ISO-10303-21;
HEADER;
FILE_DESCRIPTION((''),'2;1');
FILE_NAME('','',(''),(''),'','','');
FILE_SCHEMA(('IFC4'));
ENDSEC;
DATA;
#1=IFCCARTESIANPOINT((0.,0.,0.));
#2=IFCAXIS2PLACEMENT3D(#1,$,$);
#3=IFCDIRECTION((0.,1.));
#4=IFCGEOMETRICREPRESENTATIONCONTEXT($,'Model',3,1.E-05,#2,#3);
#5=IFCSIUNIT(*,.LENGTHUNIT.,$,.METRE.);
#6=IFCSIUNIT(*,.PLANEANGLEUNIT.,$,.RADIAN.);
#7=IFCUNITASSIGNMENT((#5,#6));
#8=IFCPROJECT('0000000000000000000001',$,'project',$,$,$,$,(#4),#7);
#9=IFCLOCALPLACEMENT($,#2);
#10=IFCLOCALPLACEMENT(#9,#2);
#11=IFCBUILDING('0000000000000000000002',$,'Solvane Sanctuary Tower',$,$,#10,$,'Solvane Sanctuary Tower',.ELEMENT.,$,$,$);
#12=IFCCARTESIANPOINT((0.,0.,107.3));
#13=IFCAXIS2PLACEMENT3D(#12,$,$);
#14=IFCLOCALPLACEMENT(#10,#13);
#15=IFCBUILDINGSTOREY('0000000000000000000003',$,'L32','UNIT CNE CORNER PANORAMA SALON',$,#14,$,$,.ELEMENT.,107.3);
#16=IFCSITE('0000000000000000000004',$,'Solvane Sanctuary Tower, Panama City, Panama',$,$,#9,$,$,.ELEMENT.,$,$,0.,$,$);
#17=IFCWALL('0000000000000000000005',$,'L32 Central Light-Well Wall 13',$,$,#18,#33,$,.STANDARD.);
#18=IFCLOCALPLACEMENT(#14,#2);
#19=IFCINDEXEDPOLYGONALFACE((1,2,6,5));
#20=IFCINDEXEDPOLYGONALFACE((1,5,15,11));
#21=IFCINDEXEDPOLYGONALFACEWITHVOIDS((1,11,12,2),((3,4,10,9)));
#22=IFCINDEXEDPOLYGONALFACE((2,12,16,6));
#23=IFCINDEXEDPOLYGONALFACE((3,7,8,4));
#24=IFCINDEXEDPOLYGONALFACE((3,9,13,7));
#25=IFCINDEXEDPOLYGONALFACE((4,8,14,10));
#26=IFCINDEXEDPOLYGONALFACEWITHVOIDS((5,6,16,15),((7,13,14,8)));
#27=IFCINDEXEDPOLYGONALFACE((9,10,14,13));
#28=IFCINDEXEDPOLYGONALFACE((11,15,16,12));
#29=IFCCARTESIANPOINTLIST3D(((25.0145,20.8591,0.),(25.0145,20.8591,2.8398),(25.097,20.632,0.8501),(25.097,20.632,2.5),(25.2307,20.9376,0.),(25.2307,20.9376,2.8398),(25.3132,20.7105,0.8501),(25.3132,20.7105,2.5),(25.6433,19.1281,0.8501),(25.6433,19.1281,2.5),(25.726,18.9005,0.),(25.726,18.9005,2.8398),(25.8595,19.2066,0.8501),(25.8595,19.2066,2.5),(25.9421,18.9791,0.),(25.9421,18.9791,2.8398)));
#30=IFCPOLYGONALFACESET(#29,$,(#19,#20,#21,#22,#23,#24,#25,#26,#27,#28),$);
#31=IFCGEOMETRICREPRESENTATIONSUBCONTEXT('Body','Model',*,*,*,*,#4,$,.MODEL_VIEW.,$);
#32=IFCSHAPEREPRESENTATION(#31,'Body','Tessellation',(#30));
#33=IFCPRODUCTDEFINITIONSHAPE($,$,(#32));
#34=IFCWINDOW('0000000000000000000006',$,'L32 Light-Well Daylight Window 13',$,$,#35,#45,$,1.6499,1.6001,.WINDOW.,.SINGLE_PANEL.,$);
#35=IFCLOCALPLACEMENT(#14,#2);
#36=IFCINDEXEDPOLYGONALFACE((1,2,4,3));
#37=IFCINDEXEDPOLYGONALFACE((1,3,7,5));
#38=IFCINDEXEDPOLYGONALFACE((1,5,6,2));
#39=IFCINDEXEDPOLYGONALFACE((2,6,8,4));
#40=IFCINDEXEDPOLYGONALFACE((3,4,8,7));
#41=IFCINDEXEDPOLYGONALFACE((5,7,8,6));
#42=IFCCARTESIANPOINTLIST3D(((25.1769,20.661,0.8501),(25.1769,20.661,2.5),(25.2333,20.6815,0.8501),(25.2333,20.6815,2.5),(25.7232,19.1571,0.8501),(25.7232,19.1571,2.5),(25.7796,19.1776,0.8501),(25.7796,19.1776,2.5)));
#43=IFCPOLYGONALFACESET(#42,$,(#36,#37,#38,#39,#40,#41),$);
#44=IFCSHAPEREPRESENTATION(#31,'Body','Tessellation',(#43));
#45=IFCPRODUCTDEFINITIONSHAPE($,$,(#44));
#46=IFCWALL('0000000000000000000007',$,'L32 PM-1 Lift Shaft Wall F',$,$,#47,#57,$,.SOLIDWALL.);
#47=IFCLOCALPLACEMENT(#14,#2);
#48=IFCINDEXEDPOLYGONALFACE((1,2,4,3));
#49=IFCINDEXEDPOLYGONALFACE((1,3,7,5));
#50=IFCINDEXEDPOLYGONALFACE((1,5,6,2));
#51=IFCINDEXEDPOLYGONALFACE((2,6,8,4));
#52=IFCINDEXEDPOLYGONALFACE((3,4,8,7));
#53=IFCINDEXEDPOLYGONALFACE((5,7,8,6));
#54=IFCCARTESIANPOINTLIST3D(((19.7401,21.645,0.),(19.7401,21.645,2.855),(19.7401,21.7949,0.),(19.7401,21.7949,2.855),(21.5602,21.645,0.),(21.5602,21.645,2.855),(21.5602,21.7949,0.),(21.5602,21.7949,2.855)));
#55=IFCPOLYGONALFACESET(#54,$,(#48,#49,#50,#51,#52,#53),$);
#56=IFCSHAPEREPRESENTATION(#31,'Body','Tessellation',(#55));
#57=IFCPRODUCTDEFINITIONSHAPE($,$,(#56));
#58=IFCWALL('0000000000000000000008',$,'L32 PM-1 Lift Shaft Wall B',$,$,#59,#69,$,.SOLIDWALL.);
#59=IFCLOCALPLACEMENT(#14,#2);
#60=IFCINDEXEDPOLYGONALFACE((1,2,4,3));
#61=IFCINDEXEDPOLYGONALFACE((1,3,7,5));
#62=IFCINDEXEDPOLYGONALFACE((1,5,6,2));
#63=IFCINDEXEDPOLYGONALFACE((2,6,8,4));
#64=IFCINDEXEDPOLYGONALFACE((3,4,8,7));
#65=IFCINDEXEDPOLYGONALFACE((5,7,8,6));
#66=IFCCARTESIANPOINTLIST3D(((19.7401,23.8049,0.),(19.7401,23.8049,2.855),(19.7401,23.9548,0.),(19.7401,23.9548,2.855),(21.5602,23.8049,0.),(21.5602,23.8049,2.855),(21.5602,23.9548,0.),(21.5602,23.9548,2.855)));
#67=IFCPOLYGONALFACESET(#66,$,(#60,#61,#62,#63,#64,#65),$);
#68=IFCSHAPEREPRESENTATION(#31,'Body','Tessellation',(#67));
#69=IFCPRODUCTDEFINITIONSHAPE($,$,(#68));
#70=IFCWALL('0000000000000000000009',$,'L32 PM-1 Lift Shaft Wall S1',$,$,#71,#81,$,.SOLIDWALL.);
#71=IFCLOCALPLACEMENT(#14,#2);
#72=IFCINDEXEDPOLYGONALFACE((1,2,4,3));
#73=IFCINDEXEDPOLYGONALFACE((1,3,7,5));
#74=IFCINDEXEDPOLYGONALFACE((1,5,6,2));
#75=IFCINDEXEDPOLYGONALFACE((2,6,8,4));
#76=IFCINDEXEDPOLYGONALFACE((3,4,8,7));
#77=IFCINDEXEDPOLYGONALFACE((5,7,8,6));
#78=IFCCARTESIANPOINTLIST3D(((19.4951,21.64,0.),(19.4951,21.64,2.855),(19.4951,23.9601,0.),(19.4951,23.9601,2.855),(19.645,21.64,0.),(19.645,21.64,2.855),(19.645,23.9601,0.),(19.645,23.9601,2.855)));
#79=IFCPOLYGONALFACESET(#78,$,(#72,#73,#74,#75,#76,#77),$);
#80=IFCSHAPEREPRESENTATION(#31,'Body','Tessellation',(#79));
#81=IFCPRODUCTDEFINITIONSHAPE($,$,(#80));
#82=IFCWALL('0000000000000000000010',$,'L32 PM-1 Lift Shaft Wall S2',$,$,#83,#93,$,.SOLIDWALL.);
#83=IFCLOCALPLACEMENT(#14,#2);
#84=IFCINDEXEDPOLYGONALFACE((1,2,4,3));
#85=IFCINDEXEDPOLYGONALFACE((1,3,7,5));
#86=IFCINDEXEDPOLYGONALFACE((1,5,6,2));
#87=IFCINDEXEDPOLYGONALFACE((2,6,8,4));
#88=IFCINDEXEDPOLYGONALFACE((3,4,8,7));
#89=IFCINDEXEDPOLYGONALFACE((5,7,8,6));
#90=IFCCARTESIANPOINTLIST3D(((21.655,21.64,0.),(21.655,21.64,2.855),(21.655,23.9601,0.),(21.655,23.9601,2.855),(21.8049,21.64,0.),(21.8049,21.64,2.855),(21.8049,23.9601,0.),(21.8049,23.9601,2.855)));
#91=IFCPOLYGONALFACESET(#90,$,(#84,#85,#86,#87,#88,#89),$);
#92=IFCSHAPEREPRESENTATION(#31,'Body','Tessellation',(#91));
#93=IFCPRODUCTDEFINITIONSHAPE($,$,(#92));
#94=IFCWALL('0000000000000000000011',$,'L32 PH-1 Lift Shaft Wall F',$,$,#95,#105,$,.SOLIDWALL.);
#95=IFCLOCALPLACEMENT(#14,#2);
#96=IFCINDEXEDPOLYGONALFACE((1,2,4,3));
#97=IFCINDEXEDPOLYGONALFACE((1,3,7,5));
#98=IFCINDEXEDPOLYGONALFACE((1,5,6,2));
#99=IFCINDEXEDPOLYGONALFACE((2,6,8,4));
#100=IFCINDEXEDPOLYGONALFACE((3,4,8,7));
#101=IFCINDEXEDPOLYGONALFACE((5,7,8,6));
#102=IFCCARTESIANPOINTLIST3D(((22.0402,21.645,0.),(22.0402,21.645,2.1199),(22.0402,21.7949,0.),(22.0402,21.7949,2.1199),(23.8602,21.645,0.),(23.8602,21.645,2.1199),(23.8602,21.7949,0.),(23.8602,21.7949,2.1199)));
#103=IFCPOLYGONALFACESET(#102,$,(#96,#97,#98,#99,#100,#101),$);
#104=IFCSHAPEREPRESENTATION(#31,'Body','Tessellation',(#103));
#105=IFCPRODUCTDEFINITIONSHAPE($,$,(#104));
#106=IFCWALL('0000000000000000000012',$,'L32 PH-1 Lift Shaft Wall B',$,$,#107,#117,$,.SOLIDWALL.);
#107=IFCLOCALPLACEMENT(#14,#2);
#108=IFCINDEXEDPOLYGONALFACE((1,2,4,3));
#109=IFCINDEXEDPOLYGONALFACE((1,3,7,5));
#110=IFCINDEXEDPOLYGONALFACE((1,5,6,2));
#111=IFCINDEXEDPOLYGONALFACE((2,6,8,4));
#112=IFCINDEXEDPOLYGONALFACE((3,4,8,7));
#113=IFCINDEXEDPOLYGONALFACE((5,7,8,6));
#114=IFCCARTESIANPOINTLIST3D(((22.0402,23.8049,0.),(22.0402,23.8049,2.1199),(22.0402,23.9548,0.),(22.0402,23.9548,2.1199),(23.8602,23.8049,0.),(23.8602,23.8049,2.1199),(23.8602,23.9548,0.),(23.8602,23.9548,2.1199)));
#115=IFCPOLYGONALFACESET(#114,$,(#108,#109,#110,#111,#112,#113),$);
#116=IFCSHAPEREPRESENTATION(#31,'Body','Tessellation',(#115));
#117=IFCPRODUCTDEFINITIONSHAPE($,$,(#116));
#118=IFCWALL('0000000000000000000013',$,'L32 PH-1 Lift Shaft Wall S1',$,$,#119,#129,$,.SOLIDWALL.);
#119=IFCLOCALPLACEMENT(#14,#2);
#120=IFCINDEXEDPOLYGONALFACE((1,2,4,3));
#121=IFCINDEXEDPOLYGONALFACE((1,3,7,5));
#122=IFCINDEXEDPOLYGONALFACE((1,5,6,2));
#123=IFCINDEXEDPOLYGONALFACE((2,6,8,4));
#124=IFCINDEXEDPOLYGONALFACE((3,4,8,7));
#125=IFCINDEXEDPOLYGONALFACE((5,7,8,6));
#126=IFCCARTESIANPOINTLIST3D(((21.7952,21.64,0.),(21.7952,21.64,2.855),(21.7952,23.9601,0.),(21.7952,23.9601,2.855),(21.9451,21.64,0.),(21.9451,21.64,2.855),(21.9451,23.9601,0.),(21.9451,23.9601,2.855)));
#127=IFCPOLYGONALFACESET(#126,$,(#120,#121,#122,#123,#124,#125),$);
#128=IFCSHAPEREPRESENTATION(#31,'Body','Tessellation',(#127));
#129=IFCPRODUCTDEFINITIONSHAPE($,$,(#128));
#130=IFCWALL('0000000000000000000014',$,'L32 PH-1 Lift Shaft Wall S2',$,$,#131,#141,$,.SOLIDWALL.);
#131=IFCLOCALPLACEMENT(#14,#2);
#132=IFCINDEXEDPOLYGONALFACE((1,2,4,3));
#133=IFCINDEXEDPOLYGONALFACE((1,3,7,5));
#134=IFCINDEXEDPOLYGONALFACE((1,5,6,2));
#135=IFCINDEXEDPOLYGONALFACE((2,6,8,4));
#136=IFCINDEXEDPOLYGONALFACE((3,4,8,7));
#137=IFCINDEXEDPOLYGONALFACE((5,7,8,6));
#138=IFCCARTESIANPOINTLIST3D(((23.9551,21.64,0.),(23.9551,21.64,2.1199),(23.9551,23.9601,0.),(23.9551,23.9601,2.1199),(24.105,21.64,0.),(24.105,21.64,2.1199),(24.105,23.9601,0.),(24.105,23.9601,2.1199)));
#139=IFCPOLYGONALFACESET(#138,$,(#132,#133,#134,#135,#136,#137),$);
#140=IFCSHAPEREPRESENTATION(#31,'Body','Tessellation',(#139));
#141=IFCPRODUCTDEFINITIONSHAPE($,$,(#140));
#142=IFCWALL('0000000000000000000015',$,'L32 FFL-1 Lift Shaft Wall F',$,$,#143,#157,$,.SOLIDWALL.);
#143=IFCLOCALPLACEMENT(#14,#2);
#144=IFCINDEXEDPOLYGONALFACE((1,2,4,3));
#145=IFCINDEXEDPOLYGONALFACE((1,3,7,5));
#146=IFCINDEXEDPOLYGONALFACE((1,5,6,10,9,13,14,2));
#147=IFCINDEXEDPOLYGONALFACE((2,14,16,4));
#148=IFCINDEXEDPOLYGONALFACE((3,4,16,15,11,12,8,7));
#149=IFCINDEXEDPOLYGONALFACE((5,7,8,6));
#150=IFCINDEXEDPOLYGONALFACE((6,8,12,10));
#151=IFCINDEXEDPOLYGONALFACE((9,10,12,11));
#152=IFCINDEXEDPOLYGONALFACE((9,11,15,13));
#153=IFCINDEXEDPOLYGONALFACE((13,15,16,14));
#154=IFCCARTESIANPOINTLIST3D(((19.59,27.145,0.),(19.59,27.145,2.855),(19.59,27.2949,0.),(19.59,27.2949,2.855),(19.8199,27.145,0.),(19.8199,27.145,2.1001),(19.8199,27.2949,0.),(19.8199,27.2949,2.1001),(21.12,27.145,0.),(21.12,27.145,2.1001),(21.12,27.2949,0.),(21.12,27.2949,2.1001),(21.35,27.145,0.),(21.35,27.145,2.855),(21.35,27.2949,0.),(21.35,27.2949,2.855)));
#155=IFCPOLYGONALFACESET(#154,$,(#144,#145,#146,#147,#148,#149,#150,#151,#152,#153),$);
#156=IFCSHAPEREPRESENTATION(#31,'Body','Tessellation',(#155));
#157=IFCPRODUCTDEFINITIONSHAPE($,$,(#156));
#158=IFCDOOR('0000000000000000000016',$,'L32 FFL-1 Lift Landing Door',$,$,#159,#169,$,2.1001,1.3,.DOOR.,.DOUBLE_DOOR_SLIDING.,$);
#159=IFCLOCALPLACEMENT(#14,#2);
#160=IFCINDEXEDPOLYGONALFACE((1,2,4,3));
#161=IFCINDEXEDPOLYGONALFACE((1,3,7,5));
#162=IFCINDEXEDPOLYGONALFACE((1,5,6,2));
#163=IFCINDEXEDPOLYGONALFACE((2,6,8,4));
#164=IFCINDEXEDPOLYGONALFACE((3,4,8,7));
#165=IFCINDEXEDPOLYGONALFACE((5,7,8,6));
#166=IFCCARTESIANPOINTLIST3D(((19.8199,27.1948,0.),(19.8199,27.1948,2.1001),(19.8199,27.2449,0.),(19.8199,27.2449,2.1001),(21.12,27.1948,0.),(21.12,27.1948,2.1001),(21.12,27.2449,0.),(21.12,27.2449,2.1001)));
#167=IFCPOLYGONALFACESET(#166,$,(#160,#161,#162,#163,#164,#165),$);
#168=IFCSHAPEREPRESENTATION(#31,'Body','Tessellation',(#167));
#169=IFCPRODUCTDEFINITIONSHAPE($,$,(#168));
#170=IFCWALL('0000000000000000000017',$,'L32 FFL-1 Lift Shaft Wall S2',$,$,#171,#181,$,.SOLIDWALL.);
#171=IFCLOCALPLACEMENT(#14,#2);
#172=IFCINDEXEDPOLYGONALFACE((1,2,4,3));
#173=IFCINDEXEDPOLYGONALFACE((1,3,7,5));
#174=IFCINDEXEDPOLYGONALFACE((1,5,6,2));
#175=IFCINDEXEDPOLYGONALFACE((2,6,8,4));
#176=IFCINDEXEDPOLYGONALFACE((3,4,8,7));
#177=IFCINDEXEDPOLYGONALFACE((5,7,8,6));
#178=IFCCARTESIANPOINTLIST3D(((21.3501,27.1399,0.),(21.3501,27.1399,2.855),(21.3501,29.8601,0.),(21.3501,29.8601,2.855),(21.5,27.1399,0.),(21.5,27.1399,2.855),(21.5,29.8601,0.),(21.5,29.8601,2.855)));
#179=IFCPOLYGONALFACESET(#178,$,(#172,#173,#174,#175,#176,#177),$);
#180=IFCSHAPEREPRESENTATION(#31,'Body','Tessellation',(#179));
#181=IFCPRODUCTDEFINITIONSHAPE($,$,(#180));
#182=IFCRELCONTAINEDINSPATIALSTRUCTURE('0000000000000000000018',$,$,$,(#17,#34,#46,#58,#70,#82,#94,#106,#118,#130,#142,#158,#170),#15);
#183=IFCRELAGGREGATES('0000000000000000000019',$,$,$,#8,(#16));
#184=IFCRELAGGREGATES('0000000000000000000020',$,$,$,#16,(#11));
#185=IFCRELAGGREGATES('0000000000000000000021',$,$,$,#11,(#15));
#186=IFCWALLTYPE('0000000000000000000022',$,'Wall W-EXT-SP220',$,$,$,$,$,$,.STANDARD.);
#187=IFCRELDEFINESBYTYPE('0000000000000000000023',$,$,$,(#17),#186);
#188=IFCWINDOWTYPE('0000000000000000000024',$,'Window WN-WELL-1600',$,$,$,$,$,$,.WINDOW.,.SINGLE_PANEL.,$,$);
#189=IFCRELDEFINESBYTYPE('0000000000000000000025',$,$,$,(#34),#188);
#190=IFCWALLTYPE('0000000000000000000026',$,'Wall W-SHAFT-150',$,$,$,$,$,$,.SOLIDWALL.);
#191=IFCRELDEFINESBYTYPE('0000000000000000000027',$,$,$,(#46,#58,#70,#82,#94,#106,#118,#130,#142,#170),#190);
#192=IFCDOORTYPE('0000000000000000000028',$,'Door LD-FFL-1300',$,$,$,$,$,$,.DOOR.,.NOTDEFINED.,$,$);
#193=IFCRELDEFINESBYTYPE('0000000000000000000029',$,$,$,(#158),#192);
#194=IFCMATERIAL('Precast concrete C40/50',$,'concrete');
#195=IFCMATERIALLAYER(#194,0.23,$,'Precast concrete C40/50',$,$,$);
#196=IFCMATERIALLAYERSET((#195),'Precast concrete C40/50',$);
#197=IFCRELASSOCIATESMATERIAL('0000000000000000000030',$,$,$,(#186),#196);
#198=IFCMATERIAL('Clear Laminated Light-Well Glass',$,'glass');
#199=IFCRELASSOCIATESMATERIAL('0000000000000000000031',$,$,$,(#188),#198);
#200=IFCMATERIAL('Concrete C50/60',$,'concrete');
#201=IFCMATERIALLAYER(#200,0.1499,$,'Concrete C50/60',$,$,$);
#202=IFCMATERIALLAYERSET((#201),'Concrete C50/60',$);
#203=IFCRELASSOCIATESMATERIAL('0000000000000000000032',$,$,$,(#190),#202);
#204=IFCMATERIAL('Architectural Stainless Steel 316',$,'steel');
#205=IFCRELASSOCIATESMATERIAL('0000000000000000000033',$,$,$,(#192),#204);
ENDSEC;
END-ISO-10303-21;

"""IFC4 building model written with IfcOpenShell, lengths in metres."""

from ifc_helpers import new_model, si_unit, direction, frame, frame_2d, origin, place, context, subcontext, project, spatial, rectangle, extrude, material, layer, layer_set, type_object, element, fill, save


model = new_model("IFC4")

# Units and contexts
model_context = context("Model", 3, precision=1e-05, world=origin(), true_north=direction((0.0, 1.0)))
body_context = subcontext(model_context, "Body", "Model", "MODEL_VIEW")
ifc_project = project(units=[si_unit("LENGTHUNIT", "METRE"), si_unit("PLANEANGLEUNIT", "RADIAN")], contexts=[model_context])

# Site, building, storey
site_placement = place(None, origin())
site = spatial("IfcSite", under=ifc_project, at=site_placement, Name="Solvane Sanctuary Tower, Panama City, Panama", CompositionType="ELEMENT", RefElevation=0.0)
building_placement = place(site_placement, origin())
building = spatial("IfcBuilding", under=site, at=building_placement, Name="Solvane Sanctuary Tower", LongName="Solvane Sanctuary Tower", CompositionType="ELEMENT")
storey_placement = place(building_placement, frame((0.0, 0.0, 107.3)))
storey = spatial("IfcBuildingStorey", under=building, at=storey_placement, Name="L32", Description="UNIT CNE CORNER PANORAMA SALON", CompositionType="ELEMENT", Elevation=107.3)

# Shared definitions
ifc_material_1 = material(Name="Architectural Stainless Steel 316", Category="steel")

# Shared definitions
ifc_material_2 = material(Name="Precast concrete C40/50", Category="concrete")
ifc_layer_1 = layer(ifc_material_2, 0.23, Name="Precast concrete C40/50")
ifc_layer_set_1 = layer_set([ifc_layer_1], Name="Precast concrete C40/50")
wall_type_1 = type_object("IfcWallType", Name="Wall W-EXT-SP220", PredefinedType="STANDARD", material=ifc_layer_set_1)

# Shared definitions
ifc_material_3 = material(Name="Clear Laminated Light-Well Glass", Category="glass")
window_type = type_object("IfcWindowType", Name="Window WN-WELL-1600", PartitioningType="SINGLE_PANEL", PredefinedType="WINDOW", material=ifc_material_3)

# Wall, opening, window
wall_1_placement = place(storey_placement, frame((25.1226, 20.8984, 0.0), z_axis=(0.0, 0.0, 1.0), x_axis=(0.341423, -0.93991, 0.0)))
wall_1 = element("IfcWall", 1, at=wall_1_placement, inside=storey, type_object=wall_type_1, Name="L32 Central Light-Well Wall 13", PredefinedType="STANDARD", context=body_context, shape_type="SweptSolid", body=[
    extrude(rectangle(XDim=2.0837, YDim=0.23, at=frame_2d((1.042, 0.0))), origin(), (0.0, 0.0, 1.0), 2.8398),
])
opening_1_placement = place(wall_1_placement, frame((0.2417, 0.0, 0.8501)))
opening_1 = element("IfcOpeningElement", 2, at=opening_1_placement, cuts=wall_1, PredefinedType="OPENING", context=body_context, shape_type="SweptSolid", body=[
    extrude(rectangle(XDim=1.6001, YDim=1.6499, at=frame_2d((0.8, 0.825))), frame((0.0, 0.125, 0.0), z_axis=(0.0, -1.0, 0.0), x_axis=(1.0, 0.0, 0.0)), (0.0, 0.0, 1.0), 0.25),
])
window_1_placement = place(opening_1_placement, origin())
window_1 = element("IfcWindow", 3, at=window_1_placement, inside=storey, type_object=window_type, Name="L32 Light-Well Daylight Window 13", OverallHeight=1.6499, OverallWidth=1.6001, PartitioningType="SINGLE_PANEL", PredefinedType="WINDOW", context=body_context, shape_type="SweptSolid", body=[
    extrude(rectangle(XDim=1.6001, YDim=1.6499, at=frame_2d((0.8, 0.825))), frame((0.0, 0.03, 0.0), z_axis=(0.0, -1.0, 0.0), x_axis=(1.0, 0.0, 0.0)), (0.0, 0.0, 1.0), 0.0601),
])
fill(opening_1, window_1)

# Walls
ifc_material_4 = material(Name="Concrete C50/60", Category="concrete")
ifc_layer_2 = layer(ifc_material_4, 0.1499, Name="Concrete C50/60")
ifc_layer_set_2 = layer_set([ifc_layer_2], Name="Concrete C50/60")
wall_type_2 = type_object("IfcWallType", Name="Wall W-SHAFT-150", PredefinedType="SOLIDWALL", material=ifc_layer_set_2)
for number, where, z_axis, x_axis, name in (
    (4, (19.74, 21.72, 0.0), (0.0, 0.0, 1.0), (1.0, 0.0, 0.0), "L32 PM-1 Lift Shaft Wall F"),
    (5, (19.74, 23.8799, 0.0), (0.0, 0.0, 1.0), (1.0, 0.0, 0.0), "L32 PM-1 Lift Shaft Wall B"),
):
    element("IfcWall", number, at=place(storey_placement, frame(where, z_axis=z_axis, x_axis=x_axis)), inside=storey, type_object=wall_type_2, Name=name, PredefinedType="SOLIDWALL", context=body_context, shape_type="SweptSolid", body=[
        extrude(rectangle(XDim=1.8201, YDim=0.1499, at=frame_2d((0.9102, 0.0))), origin(), (0.0, 0.0, 1.0), 2.855),
    ])
for number, where, z_axis, x_axis, name in (
    (6, (19.5701, 21.6399, 0.0), (0.0, 0.0, 1.0), (0.0, 1.0, 0.0), "L32 PM-1 Lift Shaft Wall S1"),
    (7, (21.73, 21.6399, 0.0), (0.0, 0.0, 1.0), (0.0, 1.0, 0.0), "L32 PM-1 Lift Shaft Wall S2"),
):
    element("IfcWall", number, at=place(storey_placement, frame(where, z_axis=z_axis, x_axis=x_axis)), inside=storey, type_object=wall_type_2, Name=name, PredefinedType="SOLIDWALL", context=body_context, shape_type="SweptSolid", body=[
        extrude(rectangle(XDim=2.3201, YDim=0.1499, at=frame_2d((1.1602, 0.0))), origin(), (0.0, 0.0, 1.0), 2.855),
    ])
for number, where, z_axis, x_axis, name in (
    (8, (22.04, 21.72, 0.0), (0.0, 0.0, 1.0), (1.0, 0.0, 0.0), "L32 PH-1 Lift Shaft Wall F"),
    (9, (22.04, 23.8799, 0.0), (0.0, 0.0, 1.0), (1.0, 0.0, 0.0), "L32 PH-1 Lift Shaft Wall B"),
):
    element("IfcWall", number, at=place(storey_placement, frame(where, z_axis=z_axis, x_axis=x_axis)), inside=storey, type_object=wall_type_2, Name=name, PredefinedType="SOLIDWALL", context=body_context, shape_type="SweptSolid", body=[
        extrude(rectangle(XDim=1.8201, YDim=0.1499, at=frame_2d((0.9102, 0.0))), origin(), (0.0, 0.0, 1.0), 2.1199),
    ])
wall_2_placement = place(storey_placement, frame((21.8701, 21.6399, 0.0), z_axis=(0.0, 0.0, 1.0), x_axis=(0.0, 1.0, 0.0)))
element("IfcWall", 10, at=wall_2_placement, inside=storey, type_object=wall_type_2, Name="L32 PH-1 Lift Shaft Wall S1", PredefinedType="SOLIDWALL", context=body_context, shape_type="SweptSolid", body=[
    extrude(rectangle(XDim=2.3201, YDim=0.1499, at=frame_2d((1.1602, 0.0))), origin(), (0.0, 0.0, 1.0), 2.855),
])
wall_3_placement = place(storey_placement, frame((24.03, 21.6399, 0.0), z_axis=(0.0, 0.0, 1.0), x_axis=(0.0, 1.0, 0.0)))
element("IfcWall", 11, at=wall_3_placement, inside=storey, type_object=wall_type_2, Name="L32 PH-1 Lift Shaft Wall S2", PredefinedType="SOLIDWALL", context=body_context, shape_type="SweptSolid", body=[
    extrude(rectangle(XDim=2.3201, YDim=0.1499, at=frame_2d((1.1602, 0.0))), origin(), (0.0, 0.0, 1.0), 2.1199),
])

# Wall, opening, door
wall_4_placement = place(storey_placement, frame((19.5901, 27.22, 0.0), z_axis=(0.0, 0.0, 1.0), x_axis=(1.0, 0.0, 0.0)))
wall_4 = element("IfcWall", 12, at=wall_4_placement, inside=storey, type_object=wall_type_2, Name="L32 FFL-1 Lift Shaft Wall F", PredefinedType="SOLIDWALL", context=body_context, shape_type="SweptSolid", body=[
    extrude(rectangle(XDim=1.76, YDim=0.1499, at=frame_2d((0.8799, 0.0))), origin(), (0.0, 0.0, 1.0), 2.855),
])
opening_2_placement = place(wall_4_placement, frame((0.23, 0.0, 0.0)))
opening_2 = element("IfcOpeningElement", 13, at=opening_2_placement, cuts=wall_4, PredefinedType="OPENING", context=body_context, shape_type="SweptSolid", body=[
    extrude(rectangle(XDim=1.3, YDim=2.1001, at=frame_2d((0.6499, 1.05))), frame((0.0, 0.085, 0.0), z_axis=(0.0, -1.0, 0.0), x_axis=(1.0, 0.0, 0.0)), (0.0, 0.0, 1.0), 0.1699),
])
door_type_1 = type_object("IfcDoorType", Name="Door LD-FFL-1300", OperationType="NOTDEFINED", PredefinedType="DOOR", material=ifc_material_1)
door_1_placement = place(opening_2_placement, origin())
door_1 = element("IfcDoor", 14, at=door_1_placement, inside=storey, type_object=door_type_1, Name="L32 FFL-1 Lift Landing Door", OperationType="DOUBLE_DOOR_SLIDING", OverallHeight=2.1001, OverallWidth=1.3, PredefinedType="DOOR", context=body_context, shape_type="SweptSolid", body=[
    extrude(rectangle(XDim=1.3, YDim=2.1001, at=frame_2d((0.6499, 1.05))), frame((0.0, 0.0249, 0.0), z_axis=(0.0, -1.0, 0.0), x_axis=(1.0, 0.0, 0.0)), (0.0, 0.0, 1.0), 0.05),
])
fill(opening_2, door_1)

# Wall
wall_5_placement = place(storey_placement, frame((21.425, 27.1399, 0.0), z_axis=(0.0, 0.0, 1.0), x_axis=(0.0, 1.0, 0.0)))
element("IfcWall", 15, at=wall_5_placement, inside=storey, type_object=wall_type_2, Name="L32 FFL-1 Lift Shaft Wall S2", PredefinedType="SOLIDWALL", context=body_context, shape_type="SweptSolid", body=[
    extrude(rectangle(XDim=2.7202, YDim=0.1499, at=frame_2d((1.3601, 0.0))), origin(), (0.0, 0.0, 1.0), 2.855),
])

save(model, "model.ifc")
